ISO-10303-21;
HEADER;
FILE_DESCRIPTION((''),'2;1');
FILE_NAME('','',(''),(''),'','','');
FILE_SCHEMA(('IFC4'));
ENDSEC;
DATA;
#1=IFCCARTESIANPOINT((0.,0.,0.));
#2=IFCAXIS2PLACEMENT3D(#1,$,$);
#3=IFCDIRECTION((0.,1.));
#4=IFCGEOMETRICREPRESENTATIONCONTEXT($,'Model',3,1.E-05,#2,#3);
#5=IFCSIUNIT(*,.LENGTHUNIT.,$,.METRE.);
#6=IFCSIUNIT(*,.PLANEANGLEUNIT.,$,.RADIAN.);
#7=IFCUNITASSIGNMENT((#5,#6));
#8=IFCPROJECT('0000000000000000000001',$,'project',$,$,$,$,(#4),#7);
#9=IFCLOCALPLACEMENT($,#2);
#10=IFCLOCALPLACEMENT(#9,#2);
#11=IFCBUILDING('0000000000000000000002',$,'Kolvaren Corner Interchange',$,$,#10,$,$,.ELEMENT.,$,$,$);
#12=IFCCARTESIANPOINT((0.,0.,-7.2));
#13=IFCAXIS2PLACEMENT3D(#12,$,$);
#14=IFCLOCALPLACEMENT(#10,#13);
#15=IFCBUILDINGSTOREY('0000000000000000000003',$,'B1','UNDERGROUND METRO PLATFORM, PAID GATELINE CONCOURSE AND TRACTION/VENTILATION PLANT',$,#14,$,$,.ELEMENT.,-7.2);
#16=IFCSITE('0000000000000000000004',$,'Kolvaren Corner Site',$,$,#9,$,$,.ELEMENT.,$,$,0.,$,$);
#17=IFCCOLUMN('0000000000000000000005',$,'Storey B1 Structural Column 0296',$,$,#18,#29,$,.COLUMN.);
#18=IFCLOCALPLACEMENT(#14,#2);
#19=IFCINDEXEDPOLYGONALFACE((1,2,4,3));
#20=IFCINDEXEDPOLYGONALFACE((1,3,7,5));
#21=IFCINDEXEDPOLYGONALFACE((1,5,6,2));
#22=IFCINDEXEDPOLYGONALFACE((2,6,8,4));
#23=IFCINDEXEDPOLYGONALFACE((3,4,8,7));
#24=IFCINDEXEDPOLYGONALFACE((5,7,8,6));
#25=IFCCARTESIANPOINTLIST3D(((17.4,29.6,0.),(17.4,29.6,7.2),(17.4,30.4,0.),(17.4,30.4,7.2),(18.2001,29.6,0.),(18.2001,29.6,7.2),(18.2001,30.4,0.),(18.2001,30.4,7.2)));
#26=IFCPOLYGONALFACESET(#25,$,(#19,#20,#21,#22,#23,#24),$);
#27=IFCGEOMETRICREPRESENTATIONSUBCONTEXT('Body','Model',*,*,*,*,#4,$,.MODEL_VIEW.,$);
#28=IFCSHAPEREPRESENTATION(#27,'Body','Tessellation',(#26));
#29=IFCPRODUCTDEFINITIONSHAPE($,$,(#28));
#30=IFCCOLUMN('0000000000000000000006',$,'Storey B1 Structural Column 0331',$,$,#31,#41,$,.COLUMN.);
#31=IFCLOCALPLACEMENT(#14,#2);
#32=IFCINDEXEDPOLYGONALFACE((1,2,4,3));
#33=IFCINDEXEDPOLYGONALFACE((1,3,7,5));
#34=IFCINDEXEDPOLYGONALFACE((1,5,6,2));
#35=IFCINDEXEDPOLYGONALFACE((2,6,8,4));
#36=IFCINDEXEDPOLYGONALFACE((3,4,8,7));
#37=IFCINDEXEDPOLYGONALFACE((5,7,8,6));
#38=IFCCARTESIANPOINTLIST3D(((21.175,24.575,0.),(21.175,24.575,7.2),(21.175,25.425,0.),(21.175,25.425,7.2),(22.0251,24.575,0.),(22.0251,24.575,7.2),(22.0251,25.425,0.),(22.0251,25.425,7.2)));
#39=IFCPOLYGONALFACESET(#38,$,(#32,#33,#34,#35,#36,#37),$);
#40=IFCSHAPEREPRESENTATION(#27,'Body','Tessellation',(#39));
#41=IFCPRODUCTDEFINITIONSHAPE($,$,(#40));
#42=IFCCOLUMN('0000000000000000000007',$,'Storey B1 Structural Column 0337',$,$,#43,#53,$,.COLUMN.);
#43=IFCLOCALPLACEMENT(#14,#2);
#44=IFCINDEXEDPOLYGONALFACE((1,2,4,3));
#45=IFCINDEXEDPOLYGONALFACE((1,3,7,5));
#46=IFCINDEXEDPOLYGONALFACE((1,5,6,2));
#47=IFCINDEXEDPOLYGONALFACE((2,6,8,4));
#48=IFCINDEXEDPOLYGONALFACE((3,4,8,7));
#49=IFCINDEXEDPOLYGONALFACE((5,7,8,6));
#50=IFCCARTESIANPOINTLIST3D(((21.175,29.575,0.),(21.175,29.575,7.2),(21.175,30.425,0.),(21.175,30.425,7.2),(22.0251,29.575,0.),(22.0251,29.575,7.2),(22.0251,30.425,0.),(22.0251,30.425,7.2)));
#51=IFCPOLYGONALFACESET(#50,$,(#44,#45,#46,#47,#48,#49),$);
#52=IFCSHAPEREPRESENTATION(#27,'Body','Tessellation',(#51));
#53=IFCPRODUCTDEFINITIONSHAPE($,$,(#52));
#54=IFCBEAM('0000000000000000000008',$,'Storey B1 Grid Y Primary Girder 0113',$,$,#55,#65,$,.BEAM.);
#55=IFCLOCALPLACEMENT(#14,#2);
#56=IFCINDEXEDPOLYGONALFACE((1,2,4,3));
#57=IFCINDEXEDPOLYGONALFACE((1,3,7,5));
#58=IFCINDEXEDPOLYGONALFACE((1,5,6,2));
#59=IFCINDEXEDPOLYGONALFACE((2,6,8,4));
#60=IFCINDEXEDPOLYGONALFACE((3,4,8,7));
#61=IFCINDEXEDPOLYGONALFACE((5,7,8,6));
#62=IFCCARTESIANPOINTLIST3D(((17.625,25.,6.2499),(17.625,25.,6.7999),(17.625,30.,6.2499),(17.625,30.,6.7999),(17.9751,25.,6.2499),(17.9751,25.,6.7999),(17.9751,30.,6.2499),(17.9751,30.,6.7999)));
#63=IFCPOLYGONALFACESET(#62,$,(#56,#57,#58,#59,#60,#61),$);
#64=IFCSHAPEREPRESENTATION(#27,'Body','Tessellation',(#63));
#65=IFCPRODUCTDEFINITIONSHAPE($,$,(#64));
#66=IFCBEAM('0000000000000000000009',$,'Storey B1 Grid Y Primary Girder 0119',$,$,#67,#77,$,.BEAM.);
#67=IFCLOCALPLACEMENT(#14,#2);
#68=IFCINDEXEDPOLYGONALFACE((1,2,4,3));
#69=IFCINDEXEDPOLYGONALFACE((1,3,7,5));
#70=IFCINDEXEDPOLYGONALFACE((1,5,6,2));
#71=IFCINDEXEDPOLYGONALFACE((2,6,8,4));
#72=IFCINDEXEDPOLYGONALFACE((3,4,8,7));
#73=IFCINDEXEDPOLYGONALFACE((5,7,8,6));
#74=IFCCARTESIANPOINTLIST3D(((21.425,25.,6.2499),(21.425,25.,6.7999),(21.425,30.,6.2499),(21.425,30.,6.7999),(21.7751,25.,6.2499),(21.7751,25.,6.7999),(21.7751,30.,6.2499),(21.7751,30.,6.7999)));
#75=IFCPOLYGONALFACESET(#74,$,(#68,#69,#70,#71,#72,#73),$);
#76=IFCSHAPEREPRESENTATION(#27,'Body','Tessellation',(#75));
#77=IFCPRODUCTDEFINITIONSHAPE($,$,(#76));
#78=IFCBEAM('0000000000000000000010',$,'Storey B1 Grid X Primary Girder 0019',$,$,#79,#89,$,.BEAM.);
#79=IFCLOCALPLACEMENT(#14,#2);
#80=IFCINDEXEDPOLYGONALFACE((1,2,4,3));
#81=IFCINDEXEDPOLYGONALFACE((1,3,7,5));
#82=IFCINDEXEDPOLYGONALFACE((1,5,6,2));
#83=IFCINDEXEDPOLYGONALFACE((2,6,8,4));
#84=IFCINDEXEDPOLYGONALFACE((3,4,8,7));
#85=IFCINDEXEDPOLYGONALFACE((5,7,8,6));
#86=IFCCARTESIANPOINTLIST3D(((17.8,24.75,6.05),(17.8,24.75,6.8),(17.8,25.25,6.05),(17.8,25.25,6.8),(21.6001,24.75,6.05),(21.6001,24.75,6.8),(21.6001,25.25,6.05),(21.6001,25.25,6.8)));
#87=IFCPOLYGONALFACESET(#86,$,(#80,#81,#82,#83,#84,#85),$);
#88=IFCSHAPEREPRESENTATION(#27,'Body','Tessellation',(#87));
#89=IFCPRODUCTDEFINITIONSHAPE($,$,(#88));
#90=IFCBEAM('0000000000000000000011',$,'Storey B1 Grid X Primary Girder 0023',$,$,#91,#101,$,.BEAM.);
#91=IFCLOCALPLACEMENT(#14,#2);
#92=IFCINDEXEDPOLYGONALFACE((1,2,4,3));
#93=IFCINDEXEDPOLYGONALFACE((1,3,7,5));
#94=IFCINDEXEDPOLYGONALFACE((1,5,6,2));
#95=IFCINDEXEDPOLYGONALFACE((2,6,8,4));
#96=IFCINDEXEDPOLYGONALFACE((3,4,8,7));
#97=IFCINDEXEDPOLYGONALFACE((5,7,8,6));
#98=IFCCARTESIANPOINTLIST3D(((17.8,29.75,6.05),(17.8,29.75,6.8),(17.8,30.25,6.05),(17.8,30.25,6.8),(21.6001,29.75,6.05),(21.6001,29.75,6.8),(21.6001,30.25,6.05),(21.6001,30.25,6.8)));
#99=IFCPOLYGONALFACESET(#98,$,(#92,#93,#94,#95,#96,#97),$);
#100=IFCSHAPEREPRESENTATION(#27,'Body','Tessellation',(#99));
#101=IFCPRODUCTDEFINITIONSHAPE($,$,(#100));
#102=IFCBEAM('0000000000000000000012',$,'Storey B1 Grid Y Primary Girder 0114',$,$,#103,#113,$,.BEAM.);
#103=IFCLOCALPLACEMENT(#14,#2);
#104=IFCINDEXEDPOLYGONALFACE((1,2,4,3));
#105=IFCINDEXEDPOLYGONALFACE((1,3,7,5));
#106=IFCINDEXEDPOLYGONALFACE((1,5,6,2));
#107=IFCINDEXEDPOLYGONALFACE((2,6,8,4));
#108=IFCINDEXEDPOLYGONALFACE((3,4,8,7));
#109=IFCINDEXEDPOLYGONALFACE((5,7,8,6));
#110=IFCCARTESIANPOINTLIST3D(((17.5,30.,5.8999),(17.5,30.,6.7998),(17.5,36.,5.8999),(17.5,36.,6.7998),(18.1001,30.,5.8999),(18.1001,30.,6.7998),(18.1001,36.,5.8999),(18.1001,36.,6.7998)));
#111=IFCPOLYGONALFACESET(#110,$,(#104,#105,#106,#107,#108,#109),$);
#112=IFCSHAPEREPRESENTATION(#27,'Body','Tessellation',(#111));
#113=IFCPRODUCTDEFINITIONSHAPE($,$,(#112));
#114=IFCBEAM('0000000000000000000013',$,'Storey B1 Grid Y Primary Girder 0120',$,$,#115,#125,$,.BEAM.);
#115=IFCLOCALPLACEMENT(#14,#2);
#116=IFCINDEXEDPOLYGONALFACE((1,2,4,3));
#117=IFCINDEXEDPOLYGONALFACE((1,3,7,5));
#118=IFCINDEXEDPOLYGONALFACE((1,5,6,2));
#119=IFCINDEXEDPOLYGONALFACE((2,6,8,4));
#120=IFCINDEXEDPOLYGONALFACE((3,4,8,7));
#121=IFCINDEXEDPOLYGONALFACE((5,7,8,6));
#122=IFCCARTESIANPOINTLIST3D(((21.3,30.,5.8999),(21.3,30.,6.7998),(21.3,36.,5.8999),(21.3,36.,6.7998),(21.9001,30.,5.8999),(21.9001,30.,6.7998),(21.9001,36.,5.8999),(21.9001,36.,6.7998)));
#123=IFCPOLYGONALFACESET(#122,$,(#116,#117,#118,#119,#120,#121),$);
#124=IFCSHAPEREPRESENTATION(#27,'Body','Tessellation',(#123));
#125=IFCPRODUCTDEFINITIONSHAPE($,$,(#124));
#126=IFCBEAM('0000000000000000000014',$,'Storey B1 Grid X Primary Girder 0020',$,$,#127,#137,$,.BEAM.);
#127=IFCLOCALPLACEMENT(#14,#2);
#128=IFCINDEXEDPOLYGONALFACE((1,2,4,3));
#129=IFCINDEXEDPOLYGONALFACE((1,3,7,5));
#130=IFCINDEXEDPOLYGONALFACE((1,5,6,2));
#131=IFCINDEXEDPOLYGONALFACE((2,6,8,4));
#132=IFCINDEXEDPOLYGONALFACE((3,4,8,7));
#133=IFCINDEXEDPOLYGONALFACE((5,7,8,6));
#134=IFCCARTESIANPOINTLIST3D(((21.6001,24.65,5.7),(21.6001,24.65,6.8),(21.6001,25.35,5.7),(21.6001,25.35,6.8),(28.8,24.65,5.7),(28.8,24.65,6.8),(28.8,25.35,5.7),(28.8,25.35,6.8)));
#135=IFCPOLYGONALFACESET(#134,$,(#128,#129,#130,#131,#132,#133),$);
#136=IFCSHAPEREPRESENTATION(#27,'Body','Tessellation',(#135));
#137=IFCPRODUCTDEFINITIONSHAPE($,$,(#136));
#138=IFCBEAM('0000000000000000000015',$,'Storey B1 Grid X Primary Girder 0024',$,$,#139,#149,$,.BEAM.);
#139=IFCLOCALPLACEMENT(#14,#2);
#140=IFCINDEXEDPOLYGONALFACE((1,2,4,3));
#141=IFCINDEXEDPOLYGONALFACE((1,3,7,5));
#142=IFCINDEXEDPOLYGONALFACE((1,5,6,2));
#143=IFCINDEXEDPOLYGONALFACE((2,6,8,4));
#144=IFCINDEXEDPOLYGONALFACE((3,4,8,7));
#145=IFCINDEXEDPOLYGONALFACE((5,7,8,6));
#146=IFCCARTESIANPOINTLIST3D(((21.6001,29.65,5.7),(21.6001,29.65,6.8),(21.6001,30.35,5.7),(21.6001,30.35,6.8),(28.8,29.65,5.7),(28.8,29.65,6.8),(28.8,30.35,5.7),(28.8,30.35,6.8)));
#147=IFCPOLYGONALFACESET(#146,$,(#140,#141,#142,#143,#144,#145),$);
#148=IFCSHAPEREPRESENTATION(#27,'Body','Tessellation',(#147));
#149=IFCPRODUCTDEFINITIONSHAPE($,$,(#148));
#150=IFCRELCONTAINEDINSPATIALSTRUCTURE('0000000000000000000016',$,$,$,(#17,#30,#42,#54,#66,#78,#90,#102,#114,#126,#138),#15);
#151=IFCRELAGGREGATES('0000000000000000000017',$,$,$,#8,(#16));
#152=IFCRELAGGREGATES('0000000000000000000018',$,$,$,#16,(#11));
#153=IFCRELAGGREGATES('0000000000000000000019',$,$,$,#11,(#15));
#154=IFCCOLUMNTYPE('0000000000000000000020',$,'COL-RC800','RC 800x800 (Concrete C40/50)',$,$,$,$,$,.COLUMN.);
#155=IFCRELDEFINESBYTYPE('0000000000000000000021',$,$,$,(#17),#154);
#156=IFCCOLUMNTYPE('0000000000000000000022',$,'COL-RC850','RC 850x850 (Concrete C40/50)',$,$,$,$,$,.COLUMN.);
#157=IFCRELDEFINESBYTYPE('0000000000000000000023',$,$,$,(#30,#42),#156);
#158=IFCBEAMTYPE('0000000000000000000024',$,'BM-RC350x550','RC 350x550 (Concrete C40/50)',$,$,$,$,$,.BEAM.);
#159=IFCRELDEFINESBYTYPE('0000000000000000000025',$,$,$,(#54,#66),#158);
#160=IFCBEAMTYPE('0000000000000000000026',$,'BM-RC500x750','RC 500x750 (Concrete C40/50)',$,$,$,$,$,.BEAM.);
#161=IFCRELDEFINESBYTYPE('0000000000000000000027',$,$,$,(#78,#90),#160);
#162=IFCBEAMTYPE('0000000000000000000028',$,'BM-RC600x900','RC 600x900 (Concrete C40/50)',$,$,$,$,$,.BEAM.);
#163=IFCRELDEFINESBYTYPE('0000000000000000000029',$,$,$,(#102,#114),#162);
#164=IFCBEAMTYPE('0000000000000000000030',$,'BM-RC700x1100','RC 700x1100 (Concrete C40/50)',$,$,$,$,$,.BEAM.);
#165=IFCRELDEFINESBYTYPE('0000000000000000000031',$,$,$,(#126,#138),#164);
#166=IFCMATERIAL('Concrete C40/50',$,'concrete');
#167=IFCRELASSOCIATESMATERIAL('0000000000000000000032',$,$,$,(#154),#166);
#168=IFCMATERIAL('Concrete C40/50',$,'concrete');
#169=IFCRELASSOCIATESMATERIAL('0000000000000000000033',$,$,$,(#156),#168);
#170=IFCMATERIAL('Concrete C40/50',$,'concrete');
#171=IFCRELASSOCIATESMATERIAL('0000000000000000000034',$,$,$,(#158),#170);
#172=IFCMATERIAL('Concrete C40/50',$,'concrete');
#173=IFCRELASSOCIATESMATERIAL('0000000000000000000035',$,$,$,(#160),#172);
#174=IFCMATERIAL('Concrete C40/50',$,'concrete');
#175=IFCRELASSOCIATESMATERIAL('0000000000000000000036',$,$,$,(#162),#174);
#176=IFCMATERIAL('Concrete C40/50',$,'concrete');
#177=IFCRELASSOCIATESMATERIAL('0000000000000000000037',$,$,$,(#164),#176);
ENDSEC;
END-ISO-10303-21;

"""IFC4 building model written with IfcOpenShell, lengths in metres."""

from ifc_helpers import new_model, si_unit, direction, frame, origin, origin_2d, place, context, subcontext, project, spatial, rectangle, extrude, material, material_profile, profile_set, type_object, element, save


model = new_model("IFC4")

# Units and contexts
model_context = context("Model", 3, precision=1e-05, world=origin(), true_north=direction((0.0, 1.0)))
body_context = subcontext(model_context, "Body", "Model", "MODEL_VIEW")
ifc_project = project(units=[si_unit("LENGTHUNIT", "METRE"), si_unit("PLANEANGLEUNIT", "RADIAN")], contexts=[model_context])

# Site, building, storey
site_placement = place(None, origin())
site = spatial("IfcSite", under=ifc_project, at=site_placement, Name="Kolvaren Corner Site", CompositionType="ELEMENT", RefElevation=0.0)
building_placement = place(site_placement, origin())
building = spatial("IfcBuilding", under=site, at=building_placement, Name="Kolvaren Corner Interchange", CompositionType="ELEMENT")
storey_placement = place(building_placement, frame((0.0, 0.0, -7.2)))
storey = spatial("IfcBuildingStorey", under=building, at=storey_placement, Name="B1", Description="UNDERGROUND METRO PLATFORM, PAID GATELINE CONCOURSE AND TRACTION/VENTILATION PLANT", CompositionType="ELEMENT", Elevation=-7.2)

# Columns
ifc_material_1 = material(Name="Concrete C40/50", Category="concrete")
ifc_material_profile_1 = material_profile(ifc_material_1, rectangle(XDim=0.8, YDim=0.8, at=origin_2d()), Name="RC 800x800")
ifc_profile_set_1 = profile_set([ifc_material_profile_1], Name="Concrete C40/50")
column_type_1 = type_object("IfcColumnType", Name="COL-RC800", Description="RC 800x800 (Concrete C40/50)", PredefinedType="COLUMN", material=ifc_profile_set_1)
for number, where, z_axis, x_axis, name in (
    (1, (17.8, 30.0, 0.0), (0.0, 0.0, 1.0), (1.0, 0.0, 0.0), "Storey B1 Structural Column 0296"),
):
    element("IfcColumn", number, at=place(storey_placement, frame(where, z_axis=z_axis, x_axis=x_axis)), inside=storey, type_object=column_type_1, Name=name, PredefinedType="COLUMN", context=body_context, shape_type="SweptSolid", body=[
        extrude(rectangle(XDim=0.8, YDim=0.8, at=origin_2d()), origin(), (0.0, 0.0, 1.0), 7.2),
    ])
ifc_material_2 = material(Name="Concrete C40/50", Category="concrete")
ifc_material_profile_2 = material_profile(ifc_material_2, rectangle(XDim=0.8501, YDim=0.8501, at=origin_2d()), Name="RC 850x850")
ifc_profile_set_2 = profile_set([ifc_material_profile_2], Name="Concrete C40/50")
column_type_2 = type_object("IfcColumnType", Name="COL-RC850", Description="RC 850x850 (Concrete C40/50)", PredefinedType="COLUMN", material=ifc_profile_set_2)
for number, where, z_axis, x_axis, name in (
    (2, (21.6001, 25.0, 0.0), (0.0, 0.0, 1.0), (1.0, 0.0, 0.0), "Storey B1 Structural Column 0331"),
    (3, (21.6001, 30.0, 0.0), (0.0, 0.0, 1.0), (1.0, 0.0, 0.0), "Storey B1 Structural Column 0337"),
):
    element("IfcColumn", number, at=place(storey_placement, frame(where, z_axis=z_axis, x_axis=x_axis)), inside=storey, type_object=column_type_2, Name=name, PredefinedType="COLUMN", context=body_context, shape_type="SweptSolid", body=[
        extrude(rectangle(XDim=0.8501, YDim=0.8501, at=origin_2d()), origin(), (0.0, 0.0, 1.0), 7.2),
    ])

# Beams
ifc_material_3 = material(Name="Concrete C40/50", Category="concrete")
ifc_material_profile_3 = material_profile(ifc_material_3, rectangle(XDim=0.3501, YDim=0.55, at=origin_2d()), Name="RC 350x550")
ifc_profile_set_3 = profile_set([ifc_material_profile_3], Name="Concrete C40/50")
beam_type_1 = type_object("IfcBeamType", Name="BM-RC350x550", Description="RC 350x550 (Concrete C40/50)", PredefinedType="BEAM", material=ifc_profile_set_3)
for number, where, z_axis, x_axis, name in (
    (4, (17.8, 25.0, 6.5249), (0.0, 1.0, 0.0), (-1.0, 0.0, 0.0), "Storey B1 Grid Y Primary Girder 0113"),
    (5, (21.6001, 25.0, 6.5249), (0.0, 1.0, 0.0), (-1.0, 0.0, 0.0), "Storey B1 Grid Y Primary Girder 0119"),
):
    element("IfcBeam", number, at=place(storey_placement, frame(where, z_axis=z_axis, x_axis=x_axis)), inside=storey, type_object=beam_type_1, Name=name, PredefinedType="BEAM", context=body_context, shape_type="SweptSolid", body=[
        extrude(rectangle(XDim=0.3501, YDim=0.55, at=origin_2d()), origin(), (0.0, 0.0, 1.0), 5.0),
    ])
ifc_material_4 = material(Name="Concrete C40/50", Category="concrete")
ifc_material_profile_4 = material_profile(ifc_material_4, rectangle(XDim=0.5, YDim=0.75, at=origin_2d()), Name="RC 500x750")
ifc_profile_set_4 = profile_set([ifc_material_profile_4], Name="Concrete C40/50")
beam_type_2 = type_object("IfcBeamType", Name="BM-RC500x750", Description="RC 500x750 (Concrete C40/50)", PredefinedType="BEAM", material=ifc_profile_set_4)
for number, where, z_axis, x_axis, name in (
    (6, (17.8, 25.0, 6.425), (1.0, 0.0, 0.0), (0.0, 1.0, 0.0), "Storey B1 Grid X Primary Girder 0019"),
    (7, (17.8, 30.0, 6.425), (1.0, 0.0, 0.0), (0.0, 1.0, 0.0), "Storey B1 Grid X Primary Girder 0023"),
):
    element("IfcBeam", number, at=place(storey_placement, frame(where, z_axis=z_axis, x_axis=x_axis)), inside=storey, type_object=beam_type_2, Name=name, PredefinedType="BEAM", context=body_context, shape_type="SweptSolid", body=[
        extrude(rectangle(XDim=0.5, YDim=0.75, at=origin_2d()), origin(), (0.0, 0.0, 1.0), 3.8),
    ])
ifc_material_5 = material(Name="Concrete C40/50", Category="concrete")
ifc_material_profile_5 = material_profile(ifc_material_5, rectangle(XDim=0.6001, YDim=0.8999, at=origin_2d()), Name="RC 600x900")
ifc_profile_set_5 = profile_set([ifc_material_profile_5], Name="Concrete C40/50")
beam_type_3 = type_object("IfcBeamType", Name="BM-RC600x900", Description="RC 600x900 (Concrete C40/50)", PredefinedType="BEAM", material=ifc_profile_set_5)
for number, where, z_axis, x_axis, name in (
    (8, (17.8, 30.0, 6.3499), (0.0, 1.0, 0.0), (-1.0, 0.0, 0.0), "Storey B1 Grid Y Primary Girder 0114"),
    (9, (21.6001, 30.0, 6.3499), (0.0, 1.0, 0.0), (-1.0, 0.0, 0.0), "Storey B1 Grid Y Primary Girder 0120"),
):
    element("IfcBeam", number, at=place(storey_placement, frame(where, z_axis=z_axis, x_axis=x_axis)), inside=storey, type_object=beam_type_3, Name=name, PredefinedType="BEAM", context=body_context, shape_type="SweptSolid", body=[
        extrude(rectangle(XDim=0.6001, YDim=0.8999, at=origin_2d()), origin(), (0.0, 0.0, 1.0), 6.0),
    ])
ifc_material_6 = material(Name="Concrete C40/50", Category="concrete")
ifc_material_profile_6 = material_profile(ifc_material_6, rectangle(XDim=0.7, YDim=1.1001, at=origin_2d()), Name="RC 700x1100")
ifc_profile_set_6 = profile_set([ifc_material_profile_6], Name="Concrete C40/50")
beam_type_4 = type_object("IfcBeamType", Name="BM-RC700x1100", Description="RC 700x1100 (Concrete C40/50)", PredefinedType="BEAM", material=ifc_profile_set_6)
for number, where, z_axis, x_axis, name in (
    (10, (21.6001, 25.0, 6.25), (1.0, 0.0, 0.0), (0.0, 1.0, 0.0), "Storey B1 Grid X Primary Girder 0020"),
    (11, (21.6001, 30.0, 6.25), (1.0, 0.0, 0.0), (0.0, 1.0, 0.0), "Storey B1 Grid X Primary Girder 0024"),
):
    element("IfcBeam", number, at=place(storey_placement, frame(where, z_axis=z_axis, x_axis=x_axis)), inside=storey, type_object=beam_type_4, Name=name, PredefinedType="BEAM", context=body_context, shape_type="SweptSolid", body=[
        extrude(rectangle(XDim=0.7, YDim=1.1001, at=origin_2d()), origin(), (0.0, 0.0, 1.0), 7.2),
    ])

save(model, "model.ifc")
